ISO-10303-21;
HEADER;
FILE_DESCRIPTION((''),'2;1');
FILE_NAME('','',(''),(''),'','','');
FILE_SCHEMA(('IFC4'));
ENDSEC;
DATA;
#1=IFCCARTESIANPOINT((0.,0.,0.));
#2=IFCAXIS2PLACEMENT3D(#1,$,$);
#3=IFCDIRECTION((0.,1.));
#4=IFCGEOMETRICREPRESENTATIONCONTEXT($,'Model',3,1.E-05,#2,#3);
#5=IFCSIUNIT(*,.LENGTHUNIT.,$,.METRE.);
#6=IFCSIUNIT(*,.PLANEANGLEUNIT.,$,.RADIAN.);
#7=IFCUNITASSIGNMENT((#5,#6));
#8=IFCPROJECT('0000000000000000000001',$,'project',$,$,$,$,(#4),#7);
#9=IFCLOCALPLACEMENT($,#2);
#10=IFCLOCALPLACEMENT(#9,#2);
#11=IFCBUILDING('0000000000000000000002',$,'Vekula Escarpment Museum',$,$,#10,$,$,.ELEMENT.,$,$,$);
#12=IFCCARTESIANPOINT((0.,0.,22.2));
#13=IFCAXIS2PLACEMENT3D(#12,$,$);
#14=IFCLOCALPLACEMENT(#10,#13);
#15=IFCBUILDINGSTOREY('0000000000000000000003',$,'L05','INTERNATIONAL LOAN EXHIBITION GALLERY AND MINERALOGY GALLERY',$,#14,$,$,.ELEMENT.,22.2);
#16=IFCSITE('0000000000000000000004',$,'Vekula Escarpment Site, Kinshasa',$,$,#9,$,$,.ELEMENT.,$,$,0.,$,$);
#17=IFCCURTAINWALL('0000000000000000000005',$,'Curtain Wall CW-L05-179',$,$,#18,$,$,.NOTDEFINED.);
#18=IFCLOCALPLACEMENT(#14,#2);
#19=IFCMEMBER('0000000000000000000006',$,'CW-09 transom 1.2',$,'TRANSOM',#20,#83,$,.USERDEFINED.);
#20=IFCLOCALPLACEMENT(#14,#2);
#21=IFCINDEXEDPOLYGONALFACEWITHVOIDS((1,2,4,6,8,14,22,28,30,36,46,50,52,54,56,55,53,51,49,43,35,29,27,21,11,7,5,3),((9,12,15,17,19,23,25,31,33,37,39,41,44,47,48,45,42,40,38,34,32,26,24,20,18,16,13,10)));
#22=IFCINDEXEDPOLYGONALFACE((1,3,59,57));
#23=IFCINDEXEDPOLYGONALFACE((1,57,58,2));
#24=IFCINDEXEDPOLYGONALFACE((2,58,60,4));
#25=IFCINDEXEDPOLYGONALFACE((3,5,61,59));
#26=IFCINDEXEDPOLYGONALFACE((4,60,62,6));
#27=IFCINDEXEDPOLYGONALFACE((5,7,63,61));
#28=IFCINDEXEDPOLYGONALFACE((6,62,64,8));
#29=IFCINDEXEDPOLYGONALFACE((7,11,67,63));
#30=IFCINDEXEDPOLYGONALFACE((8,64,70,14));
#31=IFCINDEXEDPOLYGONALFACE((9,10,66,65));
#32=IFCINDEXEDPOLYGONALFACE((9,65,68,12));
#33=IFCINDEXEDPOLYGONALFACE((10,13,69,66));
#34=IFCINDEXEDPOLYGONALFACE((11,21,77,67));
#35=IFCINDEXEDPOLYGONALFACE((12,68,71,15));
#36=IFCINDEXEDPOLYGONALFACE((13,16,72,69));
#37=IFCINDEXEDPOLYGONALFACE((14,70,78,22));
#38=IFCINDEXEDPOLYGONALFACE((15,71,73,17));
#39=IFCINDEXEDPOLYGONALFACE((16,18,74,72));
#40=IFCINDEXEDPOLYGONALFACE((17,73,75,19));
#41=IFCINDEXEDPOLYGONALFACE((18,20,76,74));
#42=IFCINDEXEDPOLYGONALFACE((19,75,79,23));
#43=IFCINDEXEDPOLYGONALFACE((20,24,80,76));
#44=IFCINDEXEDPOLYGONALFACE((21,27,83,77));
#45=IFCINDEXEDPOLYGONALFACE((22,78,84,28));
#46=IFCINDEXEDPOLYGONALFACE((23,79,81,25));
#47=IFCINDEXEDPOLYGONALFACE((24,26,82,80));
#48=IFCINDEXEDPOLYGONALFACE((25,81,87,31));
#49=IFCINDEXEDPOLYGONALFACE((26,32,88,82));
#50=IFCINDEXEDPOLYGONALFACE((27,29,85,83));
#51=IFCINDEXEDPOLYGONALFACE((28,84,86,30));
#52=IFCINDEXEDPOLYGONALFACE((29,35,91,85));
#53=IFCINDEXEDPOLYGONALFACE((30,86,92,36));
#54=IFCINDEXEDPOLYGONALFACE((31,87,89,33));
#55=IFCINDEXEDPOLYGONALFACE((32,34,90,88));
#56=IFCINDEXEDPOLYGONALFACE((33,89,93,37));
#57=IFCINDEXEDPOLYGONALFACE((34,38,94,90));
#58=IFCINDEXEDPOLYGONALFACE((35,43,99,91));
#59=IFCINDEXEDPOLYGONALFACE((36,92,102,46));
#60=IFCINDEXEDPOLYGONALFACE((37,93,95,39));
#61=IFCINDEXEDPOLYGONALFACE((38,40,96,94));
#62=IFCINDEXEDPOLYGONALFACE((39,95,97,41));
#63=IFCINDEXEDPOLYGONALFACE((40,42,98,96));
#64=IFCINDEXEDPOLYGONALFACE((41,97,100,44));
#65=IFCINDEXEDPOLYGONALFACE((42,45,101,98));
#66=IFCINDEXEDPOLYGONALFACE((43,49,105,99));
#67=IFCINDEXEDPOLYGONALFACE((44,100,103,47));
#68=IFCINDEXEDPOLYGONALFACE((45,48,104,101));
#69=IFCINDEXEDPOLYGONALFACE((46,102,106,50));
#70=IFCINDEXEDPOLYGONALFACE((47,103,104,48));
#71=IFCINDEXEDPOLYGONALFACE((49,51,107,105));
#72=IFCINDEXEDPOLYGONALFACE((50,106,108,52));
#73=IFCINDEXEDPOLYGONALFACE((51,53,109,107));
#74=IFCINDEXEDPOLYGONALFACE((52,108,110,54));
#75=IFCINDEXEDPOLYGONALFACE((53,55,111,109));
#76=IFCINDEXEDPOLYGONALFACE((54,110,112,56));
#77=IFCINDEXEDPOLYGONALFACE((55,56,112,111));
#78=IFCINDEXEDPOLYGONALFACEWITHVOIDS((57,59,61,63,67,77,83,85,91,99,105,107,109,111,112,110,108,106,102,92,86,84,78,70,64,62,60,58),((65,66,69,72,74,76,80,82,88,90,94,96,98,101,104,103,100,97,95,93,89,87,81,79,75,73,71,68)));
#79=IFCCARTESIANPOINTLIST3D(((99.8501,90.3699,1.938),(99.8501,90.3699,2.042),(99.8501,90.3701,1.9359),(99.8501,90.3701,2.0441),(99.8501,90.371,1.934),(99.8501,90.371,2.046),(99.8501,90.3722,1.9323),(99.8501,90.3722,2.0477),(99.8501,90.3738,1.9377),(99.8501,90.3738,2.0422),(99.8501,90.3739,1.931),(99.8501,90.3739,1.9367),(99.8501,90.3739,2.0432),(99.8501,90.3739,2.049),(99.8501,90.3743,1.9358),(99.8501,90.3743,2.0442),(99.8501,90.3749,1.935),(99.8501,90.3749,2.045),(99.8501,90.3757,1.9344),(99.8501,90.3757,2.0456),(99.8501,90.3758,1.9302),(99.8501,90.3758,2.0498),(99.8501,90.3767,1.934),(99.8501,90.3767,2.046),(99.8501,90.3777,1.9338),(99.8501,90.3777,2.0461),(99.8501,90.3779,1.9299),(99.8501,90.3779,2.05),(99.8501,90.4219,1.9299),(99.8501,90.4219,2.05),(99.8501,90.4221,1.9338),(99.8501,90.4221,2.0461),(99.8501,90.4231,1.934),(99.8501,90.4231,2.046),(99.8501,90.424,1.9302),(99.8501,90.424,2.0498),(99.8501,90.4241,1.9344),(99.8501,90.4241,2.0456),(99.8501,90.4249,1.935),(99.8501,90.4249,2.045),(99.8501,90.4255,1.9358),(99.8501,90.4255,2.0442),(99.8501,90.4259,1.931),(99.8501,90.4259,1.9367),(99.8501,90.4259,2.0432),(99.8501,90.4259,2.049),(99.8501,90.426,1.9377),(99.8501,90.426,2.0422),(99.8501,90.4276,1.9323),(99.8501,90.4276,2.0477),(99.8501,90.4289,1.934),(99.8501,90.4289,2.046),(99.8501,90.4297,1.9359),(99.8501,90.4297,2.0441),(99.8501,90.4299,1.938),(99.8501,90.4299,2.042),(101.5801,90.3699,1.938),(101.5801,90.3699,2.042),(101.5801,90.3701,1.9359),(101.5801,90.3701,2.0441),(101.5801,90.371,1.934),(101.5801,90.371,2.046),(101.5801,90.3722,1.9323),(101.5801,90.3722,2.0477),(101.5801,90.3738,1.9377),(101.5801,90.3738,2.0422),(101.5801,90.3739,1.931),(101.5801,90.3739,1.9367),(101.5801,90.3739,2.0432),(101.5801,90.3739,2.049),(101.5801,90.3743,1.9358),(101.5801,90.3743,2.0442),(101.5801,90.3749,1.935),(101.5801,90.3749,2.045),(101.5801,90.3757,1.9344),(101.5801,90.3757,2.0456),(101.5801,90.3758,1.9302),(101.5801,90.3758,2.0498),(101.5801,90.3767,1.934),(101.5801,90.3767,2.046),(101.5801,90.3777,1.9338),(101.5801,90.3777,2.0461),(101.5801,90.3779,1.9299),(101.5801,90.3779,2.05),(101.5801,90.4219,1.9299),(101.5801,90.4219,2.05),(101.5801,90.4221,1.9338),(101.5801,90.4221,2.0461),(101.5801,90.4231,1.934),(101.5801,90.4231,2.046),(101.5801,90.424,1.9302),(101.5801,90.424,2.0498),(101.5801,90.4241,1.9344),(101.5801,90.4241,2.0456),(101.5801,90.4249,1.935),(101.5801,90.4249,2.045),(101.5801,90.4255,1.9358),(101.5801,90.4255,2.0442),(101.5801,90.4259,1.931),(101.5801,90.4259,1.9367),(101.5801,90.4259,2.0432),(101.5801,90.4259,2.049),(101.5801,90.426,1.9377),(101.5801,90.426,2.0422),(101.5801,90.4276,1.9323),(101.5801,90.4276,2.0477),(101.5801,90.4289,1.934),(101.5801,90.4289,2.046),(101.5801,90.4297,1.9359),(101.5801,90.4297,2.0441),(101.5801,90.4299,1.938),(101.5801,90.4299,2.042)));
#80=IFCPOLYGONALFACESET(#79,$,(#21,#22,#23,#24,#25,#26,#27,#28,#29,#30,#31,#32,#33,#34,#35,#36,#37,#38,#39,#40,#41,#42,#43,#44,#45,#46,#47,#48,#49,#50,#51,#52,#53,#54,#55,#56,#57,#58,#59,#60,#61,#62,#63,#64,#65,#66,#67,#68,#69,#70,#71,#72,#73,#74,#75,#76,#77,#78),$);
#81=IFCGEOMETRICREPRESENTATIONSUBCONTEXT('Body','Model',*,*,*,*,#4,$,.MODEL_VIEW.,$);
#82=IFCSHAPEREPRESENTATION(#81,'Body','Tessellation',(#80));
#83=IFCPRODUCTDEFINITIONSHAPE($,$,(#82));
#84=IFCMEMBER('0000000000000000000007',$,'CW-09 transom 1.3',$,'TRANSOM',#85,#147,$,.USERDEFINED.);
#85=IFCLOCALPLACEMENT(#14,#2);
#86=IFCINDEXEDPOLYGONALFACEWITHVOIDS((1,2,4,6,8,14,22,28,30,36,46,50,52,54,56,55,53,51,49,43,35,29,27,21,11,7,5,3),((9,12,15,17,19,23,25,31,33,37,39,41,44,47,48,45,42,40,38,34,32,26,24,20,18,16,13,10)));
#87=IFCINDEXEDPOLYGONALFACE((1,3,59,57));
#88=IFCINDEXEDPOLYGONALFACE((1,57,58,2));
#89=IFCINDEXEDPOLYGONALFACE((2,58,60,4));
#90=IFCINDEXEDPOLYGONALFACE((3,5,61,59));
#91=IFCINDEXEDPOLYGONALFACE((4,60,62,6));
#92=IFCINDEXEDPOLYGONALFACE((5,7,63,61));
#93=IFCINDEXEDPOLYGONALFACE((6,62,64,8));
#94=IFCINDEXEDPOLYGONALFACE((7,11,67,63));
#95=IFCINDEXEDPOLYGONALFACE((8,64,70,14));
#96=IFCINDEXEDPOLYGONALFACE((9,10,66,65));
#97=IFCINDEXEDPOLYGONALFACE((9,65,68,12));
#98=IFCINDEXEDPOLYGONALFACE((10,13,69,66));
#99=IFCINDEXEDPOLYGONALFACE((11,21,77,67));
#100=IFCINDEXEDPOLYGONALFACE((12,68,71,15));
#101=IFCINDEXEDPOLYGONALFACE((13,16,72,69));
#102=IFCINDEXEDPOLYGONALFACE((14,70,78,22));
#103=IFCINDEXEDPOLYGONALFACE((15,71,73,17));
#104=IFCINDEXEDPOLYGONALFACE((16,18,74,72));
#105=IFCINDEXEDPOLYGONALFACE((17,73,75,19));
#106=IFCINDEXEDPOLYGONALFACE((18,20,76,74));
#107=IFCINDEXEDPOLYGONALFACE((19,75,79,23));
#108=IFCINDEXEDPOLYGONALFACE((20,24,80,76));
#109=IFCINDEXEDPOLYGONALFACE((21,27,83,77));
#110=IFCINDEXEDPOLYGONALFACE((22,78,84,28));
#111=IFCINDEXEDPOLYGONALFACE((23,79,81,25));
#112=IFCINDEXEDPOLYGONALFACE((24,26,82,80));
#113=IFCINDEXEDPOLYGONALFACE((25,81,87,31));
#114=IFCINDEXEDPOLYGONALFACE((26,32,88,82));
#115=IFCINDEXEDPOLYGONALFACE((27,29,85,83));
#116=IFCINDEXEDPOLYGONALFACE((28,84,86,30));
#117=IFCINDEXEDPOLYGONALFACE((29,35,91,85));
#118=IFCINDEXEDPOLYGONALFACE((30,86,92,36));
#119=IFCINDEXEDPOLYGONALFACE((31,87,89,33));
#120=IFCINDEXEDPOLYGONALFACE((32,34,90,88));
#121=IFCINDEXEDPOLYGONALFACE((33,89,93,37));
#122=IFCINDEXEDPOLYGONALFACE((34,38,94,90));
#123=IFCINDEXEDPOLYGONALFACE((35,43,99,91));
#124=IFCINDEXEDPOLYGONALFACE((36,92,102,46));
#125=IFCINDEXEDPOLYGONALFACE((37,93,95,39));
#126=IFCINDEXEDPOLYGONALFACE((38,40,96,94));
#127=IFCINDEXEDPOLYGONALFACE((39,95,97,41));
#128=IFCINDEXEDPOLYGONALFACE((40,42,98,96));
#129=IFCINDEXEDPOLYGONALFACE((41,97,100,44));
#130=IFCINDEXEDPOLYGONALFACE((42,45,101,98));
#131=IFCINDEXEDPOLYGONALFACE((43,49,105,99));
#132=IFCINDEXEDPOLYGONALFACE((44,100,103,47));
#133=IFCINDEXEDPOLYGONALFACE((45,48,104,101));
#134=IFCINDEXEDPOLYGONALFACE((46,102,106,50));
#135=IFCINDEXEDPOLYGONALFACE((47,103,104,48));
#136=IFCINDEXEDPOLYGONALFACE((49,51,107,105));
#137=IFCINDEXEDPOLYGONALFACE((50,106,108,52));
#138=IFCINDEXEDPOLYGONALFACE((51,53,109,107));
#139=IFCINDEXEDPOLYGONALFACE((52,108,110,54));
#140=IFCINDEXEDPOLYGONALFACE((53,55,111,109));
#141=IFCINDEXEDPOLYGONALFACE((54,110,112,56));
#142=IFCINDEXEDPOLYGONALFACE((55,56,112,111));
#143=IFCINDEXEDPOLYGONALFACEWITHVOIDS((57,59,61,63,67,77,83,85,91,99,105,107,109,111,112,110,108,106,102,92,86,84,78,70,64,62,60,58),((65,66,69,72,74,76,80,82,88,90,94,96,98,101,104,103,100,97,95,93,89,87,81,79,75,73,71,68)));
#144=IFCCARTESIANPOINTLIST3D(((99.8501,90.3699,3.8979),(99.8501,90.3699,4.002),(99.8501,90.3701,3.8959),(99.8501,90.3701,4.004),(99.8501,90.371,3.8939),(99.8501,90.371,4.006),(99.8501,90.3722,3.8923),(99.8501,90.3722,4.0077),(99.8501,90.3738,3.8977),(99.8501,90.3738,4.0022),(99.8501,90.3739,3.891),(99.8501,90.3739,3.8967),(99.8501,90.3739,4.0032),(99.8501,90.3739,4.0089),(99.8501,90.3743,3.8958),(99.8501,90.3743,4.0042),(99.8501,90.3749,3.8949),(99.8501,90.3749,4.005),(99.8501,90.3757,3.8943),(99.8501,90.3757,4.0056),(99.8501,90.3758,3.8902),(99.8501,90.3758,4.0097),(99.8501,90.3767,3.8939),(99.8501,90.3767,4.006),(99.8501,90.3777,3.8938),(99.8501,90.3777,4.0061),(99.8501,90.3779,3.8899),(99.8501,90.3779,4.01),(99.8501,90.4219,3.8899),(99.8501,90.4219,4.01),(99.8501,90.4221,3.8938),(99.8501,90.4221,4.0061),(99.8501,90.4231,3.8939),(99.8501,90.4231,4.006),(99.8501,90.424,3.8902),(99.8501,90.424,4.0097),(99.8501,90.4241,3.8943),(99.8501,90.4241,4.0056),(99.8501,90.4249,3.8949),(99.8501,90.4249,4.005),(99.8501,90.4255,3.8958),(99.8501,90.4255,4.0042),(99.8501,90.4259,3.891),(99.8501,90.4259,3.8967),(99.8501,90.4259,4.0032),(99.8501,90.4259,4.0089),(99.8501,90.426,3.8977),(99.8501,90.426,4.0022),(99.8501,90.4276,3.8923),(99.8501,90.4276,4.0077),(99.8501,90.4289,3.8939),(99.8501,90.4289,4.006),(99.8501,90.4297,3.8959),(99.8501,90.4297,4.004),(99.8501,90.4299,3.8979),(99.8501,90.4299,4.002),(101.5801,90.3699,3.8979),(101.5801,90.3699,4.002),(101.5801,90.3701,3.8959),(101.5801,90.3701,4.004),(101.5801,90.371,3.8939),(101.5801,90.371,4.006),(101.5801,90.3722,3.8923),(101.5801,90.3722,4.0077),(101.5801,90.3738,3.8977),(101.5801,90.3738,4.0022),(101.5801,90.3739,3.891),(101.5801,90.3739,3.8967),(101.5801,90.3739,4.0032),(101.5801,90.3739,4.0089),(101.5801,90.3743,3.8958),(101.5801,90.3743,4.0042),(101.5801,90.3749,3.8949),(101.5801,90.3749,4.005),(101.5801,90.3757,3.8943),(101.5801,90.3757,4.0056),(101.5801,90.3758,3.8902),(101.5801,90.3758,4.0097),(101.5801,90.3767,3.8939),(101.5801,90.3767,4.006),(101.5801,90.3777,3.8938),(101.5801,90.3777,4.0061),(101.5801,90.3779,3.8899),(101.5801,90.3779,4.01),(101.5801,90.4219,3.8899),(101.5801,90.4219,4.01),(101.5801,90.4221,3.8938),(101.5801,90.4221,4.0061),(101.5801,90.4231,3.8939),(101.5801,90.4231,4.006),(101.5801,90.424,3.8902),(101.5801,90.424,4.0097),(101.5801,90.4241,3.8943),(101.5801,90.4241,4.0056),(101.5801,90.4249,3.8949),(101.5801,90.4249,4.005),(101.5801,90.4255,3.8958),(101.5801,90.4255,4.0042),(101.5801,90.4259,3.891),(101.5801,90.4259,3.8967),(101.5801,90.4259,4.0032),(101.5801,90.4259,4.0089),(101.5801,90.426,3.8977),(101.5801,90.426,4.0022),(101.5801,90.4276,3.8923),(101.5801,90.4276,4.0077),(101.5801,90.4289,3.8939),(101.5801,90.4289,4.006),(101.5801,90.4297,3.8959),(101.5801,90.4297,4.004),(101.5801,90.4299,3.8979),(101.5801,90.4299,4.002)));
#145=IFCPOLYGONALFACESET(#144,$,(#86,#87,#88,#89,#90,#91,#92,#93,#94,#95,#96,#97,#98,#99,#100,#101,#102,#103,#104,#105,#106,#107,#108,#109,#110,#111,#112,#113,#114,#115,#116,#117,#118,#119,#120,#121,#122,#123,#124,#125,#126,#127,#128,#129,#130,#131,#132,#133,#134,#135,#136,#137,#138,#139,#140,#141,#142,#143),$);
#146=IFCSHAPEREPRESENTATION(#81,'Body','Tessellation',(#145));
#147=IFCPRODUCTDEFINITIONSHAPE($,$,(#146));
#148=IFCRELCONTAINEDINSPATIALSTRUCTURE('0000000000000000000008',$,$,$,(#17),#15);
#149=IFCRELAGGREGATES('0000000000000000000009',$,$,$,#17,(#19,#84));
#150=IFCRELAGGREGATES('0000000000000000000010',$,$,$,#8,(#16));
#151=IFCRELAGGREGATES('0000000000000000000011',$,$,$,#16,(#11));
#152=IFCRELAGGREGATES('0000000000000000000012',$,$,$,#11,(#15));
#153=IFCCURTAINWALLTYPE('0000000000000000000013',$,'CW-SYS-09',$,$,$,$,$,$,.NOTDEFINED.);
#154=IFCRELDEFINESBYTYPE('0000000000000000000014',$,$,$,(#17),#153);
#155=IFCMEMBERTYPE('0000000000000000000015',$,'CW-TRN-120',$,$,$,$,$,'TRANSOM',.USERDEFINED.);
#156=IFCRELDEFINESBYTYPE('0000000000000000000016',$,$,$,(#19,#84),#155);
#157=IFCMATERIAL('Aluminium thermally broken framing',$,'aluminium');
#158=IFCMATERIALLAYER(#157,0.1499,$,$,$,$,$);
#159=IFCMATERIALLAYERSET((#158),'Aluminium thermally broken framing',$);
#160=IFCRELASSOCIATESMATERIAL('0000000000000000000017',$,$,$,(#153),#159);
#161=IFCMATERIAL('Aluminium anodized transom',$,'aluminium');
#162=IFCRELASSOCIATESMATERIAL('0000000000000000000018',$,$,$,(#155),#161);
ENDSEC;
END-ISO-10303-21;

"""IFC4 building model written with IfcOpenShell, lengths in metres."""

from ifc_helpers import new_model, si_unit, direction, frame, origin, origin_2d, place, context, subcontext, project, spatial, hollow_rectangle, extrude, material, layer, layer_set, material_profile, profile_set, type_object, element, aggregate, save


model = new_model("IFC4")

# Units and contexts
model_context = context("Model", 3, precision=1e-05, world=origin(), true_north=direction((0.0, 1.0)))
body_context = subcontext(model_context, "Body", "Model", "MODEL_VIEW")
ifc_project = project(units=[si_unit("LENGTHUNIT", "METRE"), si_unit("PLANEANGLEUNIT", "RADIAN")], contexts=[model_context])

# Site, building, storey
site_placement = place(None, origin())
site = spatial("IfcSite", under=ifc_project, at=site_placement, Name="Vekula Escarpment Site, Kinshasa", CompositionType="ELEMENT", RefElevation=0.0)
building_placement = place(site_placement, origin())
building = spatial("IfcBuilding", under=site, at=building_placement, Name="Vekula Escarpment Museum", CompositionType="ELEMENT")
storey_placement = place(building_placement, frame((0.0, 0.0, 22.2)))
storey = spatial("IfcBuildingStorey", under=building, at=storey_placement, Name="L05", Description="INTERNATIONAL LOAN EXHIBITION GALLERY AND MINERALOGY GALLERY", CompositionType="ELEMENT", Elevation=22.2)

# Curtain wall, members
ifc_material_1 = material(Name="Aluminium thermally broken framing", Category="aluminium")
ifc_layer_1 = layer(ifc_material_1, 0.1499)
ifc_layer_set_1 = layer_set([ifc_layer_1], Name="Aluminium thermally broken framing")
curtain_wall_type_1 = type_object("IfcCurtainWallType", Name="CW-SYS-09", PredefinedType="NOTDEFINED", material=ifc_layer_set_1)
curtain_wall_1_placement = place(storey_placement, origin())
curtain_wall_1 = element("IfcCurtainWall", 1, at=curtain_wall_1_placement, inside=storey, type_object=curtain_wall_type_1, Name="Curtain Wall CW-L05-179", PredefinedType="NOTDEFINED")
ifc_material_2 = material(Name="Aluminium anodized transom", Category="aluminium")
ifc_material_profile_1 = material_profile(ifc_material_2, hollow_rectangle(XDim=0.0601, YDim=0.1201, WallThickness=0.0039, InnerFilletRadius=0.0039, OuterFilletRadius=0.0081, at=origin_2d()), Name="ALU 120x60x4")
ifc_profile_set_1 = profile_set([ifc_material_profile_1], Name="Aluminium anodized transom")
member_type_1 = type_object("IfcMemberType", Name="CW-TRN-120", ElementType="TRANSOM", PredefinedType="USERDEFINED", material=ifc_profile_set_1)
member_1_placement = place(storey_placement, frame((101.5801, 90.3999, 1.99), z_axis=(-1.0, 0.0, 0.0), x_axis=(0.0, -1.0, 0.0)))
member_1 = element("IfcMember", 2, at=member_1_placement, type_object=member_type_1, Name="CW-09 transom 1.2", ObjectType="TRANSOM", PredefinedType="USERDEFINED", context=body_context, shape_type="SweptSolid", body=[
    extrude(hollow_rectangle(XDim=0.0601, YDim=0.1201, WallThickness=0.0039, InnerFilletRadius=0.0039, OuterFilletRadius=0.0081, at=origin_2d()), origin(), (0.0, 0.0, 1.0), 1.73),
])
member_2_placement = place(storey_placement, frame((101.5801, 90.3999, 3.95), z_axis=(-1.0, 0.0, 0.0), x_axis=(0.0, -1.0, 0.0)))
member_2 = element("IfcMember", 3, at=member_2_placement, type_object=member_type_1, Name="CW-09 transom 1.3", ObjectType="TRANSOM", PredefinedType="USERDEFINED", context=body_context, shape_type="SweptSolid", body=[
    extrude(hollow_rectangle(XDim=0.0601, YDim=0.1201, WallThickness=0.0039, InnerFilletRadius=0.0039, OuterFilletRadius=0.0081, at=origin_2d()), origin(), (0.0, 0.0, 1.0), 1.73),
])

aggregate(curtain_wall_1, [member_1, member_2])

save(model, "model.ifc")
